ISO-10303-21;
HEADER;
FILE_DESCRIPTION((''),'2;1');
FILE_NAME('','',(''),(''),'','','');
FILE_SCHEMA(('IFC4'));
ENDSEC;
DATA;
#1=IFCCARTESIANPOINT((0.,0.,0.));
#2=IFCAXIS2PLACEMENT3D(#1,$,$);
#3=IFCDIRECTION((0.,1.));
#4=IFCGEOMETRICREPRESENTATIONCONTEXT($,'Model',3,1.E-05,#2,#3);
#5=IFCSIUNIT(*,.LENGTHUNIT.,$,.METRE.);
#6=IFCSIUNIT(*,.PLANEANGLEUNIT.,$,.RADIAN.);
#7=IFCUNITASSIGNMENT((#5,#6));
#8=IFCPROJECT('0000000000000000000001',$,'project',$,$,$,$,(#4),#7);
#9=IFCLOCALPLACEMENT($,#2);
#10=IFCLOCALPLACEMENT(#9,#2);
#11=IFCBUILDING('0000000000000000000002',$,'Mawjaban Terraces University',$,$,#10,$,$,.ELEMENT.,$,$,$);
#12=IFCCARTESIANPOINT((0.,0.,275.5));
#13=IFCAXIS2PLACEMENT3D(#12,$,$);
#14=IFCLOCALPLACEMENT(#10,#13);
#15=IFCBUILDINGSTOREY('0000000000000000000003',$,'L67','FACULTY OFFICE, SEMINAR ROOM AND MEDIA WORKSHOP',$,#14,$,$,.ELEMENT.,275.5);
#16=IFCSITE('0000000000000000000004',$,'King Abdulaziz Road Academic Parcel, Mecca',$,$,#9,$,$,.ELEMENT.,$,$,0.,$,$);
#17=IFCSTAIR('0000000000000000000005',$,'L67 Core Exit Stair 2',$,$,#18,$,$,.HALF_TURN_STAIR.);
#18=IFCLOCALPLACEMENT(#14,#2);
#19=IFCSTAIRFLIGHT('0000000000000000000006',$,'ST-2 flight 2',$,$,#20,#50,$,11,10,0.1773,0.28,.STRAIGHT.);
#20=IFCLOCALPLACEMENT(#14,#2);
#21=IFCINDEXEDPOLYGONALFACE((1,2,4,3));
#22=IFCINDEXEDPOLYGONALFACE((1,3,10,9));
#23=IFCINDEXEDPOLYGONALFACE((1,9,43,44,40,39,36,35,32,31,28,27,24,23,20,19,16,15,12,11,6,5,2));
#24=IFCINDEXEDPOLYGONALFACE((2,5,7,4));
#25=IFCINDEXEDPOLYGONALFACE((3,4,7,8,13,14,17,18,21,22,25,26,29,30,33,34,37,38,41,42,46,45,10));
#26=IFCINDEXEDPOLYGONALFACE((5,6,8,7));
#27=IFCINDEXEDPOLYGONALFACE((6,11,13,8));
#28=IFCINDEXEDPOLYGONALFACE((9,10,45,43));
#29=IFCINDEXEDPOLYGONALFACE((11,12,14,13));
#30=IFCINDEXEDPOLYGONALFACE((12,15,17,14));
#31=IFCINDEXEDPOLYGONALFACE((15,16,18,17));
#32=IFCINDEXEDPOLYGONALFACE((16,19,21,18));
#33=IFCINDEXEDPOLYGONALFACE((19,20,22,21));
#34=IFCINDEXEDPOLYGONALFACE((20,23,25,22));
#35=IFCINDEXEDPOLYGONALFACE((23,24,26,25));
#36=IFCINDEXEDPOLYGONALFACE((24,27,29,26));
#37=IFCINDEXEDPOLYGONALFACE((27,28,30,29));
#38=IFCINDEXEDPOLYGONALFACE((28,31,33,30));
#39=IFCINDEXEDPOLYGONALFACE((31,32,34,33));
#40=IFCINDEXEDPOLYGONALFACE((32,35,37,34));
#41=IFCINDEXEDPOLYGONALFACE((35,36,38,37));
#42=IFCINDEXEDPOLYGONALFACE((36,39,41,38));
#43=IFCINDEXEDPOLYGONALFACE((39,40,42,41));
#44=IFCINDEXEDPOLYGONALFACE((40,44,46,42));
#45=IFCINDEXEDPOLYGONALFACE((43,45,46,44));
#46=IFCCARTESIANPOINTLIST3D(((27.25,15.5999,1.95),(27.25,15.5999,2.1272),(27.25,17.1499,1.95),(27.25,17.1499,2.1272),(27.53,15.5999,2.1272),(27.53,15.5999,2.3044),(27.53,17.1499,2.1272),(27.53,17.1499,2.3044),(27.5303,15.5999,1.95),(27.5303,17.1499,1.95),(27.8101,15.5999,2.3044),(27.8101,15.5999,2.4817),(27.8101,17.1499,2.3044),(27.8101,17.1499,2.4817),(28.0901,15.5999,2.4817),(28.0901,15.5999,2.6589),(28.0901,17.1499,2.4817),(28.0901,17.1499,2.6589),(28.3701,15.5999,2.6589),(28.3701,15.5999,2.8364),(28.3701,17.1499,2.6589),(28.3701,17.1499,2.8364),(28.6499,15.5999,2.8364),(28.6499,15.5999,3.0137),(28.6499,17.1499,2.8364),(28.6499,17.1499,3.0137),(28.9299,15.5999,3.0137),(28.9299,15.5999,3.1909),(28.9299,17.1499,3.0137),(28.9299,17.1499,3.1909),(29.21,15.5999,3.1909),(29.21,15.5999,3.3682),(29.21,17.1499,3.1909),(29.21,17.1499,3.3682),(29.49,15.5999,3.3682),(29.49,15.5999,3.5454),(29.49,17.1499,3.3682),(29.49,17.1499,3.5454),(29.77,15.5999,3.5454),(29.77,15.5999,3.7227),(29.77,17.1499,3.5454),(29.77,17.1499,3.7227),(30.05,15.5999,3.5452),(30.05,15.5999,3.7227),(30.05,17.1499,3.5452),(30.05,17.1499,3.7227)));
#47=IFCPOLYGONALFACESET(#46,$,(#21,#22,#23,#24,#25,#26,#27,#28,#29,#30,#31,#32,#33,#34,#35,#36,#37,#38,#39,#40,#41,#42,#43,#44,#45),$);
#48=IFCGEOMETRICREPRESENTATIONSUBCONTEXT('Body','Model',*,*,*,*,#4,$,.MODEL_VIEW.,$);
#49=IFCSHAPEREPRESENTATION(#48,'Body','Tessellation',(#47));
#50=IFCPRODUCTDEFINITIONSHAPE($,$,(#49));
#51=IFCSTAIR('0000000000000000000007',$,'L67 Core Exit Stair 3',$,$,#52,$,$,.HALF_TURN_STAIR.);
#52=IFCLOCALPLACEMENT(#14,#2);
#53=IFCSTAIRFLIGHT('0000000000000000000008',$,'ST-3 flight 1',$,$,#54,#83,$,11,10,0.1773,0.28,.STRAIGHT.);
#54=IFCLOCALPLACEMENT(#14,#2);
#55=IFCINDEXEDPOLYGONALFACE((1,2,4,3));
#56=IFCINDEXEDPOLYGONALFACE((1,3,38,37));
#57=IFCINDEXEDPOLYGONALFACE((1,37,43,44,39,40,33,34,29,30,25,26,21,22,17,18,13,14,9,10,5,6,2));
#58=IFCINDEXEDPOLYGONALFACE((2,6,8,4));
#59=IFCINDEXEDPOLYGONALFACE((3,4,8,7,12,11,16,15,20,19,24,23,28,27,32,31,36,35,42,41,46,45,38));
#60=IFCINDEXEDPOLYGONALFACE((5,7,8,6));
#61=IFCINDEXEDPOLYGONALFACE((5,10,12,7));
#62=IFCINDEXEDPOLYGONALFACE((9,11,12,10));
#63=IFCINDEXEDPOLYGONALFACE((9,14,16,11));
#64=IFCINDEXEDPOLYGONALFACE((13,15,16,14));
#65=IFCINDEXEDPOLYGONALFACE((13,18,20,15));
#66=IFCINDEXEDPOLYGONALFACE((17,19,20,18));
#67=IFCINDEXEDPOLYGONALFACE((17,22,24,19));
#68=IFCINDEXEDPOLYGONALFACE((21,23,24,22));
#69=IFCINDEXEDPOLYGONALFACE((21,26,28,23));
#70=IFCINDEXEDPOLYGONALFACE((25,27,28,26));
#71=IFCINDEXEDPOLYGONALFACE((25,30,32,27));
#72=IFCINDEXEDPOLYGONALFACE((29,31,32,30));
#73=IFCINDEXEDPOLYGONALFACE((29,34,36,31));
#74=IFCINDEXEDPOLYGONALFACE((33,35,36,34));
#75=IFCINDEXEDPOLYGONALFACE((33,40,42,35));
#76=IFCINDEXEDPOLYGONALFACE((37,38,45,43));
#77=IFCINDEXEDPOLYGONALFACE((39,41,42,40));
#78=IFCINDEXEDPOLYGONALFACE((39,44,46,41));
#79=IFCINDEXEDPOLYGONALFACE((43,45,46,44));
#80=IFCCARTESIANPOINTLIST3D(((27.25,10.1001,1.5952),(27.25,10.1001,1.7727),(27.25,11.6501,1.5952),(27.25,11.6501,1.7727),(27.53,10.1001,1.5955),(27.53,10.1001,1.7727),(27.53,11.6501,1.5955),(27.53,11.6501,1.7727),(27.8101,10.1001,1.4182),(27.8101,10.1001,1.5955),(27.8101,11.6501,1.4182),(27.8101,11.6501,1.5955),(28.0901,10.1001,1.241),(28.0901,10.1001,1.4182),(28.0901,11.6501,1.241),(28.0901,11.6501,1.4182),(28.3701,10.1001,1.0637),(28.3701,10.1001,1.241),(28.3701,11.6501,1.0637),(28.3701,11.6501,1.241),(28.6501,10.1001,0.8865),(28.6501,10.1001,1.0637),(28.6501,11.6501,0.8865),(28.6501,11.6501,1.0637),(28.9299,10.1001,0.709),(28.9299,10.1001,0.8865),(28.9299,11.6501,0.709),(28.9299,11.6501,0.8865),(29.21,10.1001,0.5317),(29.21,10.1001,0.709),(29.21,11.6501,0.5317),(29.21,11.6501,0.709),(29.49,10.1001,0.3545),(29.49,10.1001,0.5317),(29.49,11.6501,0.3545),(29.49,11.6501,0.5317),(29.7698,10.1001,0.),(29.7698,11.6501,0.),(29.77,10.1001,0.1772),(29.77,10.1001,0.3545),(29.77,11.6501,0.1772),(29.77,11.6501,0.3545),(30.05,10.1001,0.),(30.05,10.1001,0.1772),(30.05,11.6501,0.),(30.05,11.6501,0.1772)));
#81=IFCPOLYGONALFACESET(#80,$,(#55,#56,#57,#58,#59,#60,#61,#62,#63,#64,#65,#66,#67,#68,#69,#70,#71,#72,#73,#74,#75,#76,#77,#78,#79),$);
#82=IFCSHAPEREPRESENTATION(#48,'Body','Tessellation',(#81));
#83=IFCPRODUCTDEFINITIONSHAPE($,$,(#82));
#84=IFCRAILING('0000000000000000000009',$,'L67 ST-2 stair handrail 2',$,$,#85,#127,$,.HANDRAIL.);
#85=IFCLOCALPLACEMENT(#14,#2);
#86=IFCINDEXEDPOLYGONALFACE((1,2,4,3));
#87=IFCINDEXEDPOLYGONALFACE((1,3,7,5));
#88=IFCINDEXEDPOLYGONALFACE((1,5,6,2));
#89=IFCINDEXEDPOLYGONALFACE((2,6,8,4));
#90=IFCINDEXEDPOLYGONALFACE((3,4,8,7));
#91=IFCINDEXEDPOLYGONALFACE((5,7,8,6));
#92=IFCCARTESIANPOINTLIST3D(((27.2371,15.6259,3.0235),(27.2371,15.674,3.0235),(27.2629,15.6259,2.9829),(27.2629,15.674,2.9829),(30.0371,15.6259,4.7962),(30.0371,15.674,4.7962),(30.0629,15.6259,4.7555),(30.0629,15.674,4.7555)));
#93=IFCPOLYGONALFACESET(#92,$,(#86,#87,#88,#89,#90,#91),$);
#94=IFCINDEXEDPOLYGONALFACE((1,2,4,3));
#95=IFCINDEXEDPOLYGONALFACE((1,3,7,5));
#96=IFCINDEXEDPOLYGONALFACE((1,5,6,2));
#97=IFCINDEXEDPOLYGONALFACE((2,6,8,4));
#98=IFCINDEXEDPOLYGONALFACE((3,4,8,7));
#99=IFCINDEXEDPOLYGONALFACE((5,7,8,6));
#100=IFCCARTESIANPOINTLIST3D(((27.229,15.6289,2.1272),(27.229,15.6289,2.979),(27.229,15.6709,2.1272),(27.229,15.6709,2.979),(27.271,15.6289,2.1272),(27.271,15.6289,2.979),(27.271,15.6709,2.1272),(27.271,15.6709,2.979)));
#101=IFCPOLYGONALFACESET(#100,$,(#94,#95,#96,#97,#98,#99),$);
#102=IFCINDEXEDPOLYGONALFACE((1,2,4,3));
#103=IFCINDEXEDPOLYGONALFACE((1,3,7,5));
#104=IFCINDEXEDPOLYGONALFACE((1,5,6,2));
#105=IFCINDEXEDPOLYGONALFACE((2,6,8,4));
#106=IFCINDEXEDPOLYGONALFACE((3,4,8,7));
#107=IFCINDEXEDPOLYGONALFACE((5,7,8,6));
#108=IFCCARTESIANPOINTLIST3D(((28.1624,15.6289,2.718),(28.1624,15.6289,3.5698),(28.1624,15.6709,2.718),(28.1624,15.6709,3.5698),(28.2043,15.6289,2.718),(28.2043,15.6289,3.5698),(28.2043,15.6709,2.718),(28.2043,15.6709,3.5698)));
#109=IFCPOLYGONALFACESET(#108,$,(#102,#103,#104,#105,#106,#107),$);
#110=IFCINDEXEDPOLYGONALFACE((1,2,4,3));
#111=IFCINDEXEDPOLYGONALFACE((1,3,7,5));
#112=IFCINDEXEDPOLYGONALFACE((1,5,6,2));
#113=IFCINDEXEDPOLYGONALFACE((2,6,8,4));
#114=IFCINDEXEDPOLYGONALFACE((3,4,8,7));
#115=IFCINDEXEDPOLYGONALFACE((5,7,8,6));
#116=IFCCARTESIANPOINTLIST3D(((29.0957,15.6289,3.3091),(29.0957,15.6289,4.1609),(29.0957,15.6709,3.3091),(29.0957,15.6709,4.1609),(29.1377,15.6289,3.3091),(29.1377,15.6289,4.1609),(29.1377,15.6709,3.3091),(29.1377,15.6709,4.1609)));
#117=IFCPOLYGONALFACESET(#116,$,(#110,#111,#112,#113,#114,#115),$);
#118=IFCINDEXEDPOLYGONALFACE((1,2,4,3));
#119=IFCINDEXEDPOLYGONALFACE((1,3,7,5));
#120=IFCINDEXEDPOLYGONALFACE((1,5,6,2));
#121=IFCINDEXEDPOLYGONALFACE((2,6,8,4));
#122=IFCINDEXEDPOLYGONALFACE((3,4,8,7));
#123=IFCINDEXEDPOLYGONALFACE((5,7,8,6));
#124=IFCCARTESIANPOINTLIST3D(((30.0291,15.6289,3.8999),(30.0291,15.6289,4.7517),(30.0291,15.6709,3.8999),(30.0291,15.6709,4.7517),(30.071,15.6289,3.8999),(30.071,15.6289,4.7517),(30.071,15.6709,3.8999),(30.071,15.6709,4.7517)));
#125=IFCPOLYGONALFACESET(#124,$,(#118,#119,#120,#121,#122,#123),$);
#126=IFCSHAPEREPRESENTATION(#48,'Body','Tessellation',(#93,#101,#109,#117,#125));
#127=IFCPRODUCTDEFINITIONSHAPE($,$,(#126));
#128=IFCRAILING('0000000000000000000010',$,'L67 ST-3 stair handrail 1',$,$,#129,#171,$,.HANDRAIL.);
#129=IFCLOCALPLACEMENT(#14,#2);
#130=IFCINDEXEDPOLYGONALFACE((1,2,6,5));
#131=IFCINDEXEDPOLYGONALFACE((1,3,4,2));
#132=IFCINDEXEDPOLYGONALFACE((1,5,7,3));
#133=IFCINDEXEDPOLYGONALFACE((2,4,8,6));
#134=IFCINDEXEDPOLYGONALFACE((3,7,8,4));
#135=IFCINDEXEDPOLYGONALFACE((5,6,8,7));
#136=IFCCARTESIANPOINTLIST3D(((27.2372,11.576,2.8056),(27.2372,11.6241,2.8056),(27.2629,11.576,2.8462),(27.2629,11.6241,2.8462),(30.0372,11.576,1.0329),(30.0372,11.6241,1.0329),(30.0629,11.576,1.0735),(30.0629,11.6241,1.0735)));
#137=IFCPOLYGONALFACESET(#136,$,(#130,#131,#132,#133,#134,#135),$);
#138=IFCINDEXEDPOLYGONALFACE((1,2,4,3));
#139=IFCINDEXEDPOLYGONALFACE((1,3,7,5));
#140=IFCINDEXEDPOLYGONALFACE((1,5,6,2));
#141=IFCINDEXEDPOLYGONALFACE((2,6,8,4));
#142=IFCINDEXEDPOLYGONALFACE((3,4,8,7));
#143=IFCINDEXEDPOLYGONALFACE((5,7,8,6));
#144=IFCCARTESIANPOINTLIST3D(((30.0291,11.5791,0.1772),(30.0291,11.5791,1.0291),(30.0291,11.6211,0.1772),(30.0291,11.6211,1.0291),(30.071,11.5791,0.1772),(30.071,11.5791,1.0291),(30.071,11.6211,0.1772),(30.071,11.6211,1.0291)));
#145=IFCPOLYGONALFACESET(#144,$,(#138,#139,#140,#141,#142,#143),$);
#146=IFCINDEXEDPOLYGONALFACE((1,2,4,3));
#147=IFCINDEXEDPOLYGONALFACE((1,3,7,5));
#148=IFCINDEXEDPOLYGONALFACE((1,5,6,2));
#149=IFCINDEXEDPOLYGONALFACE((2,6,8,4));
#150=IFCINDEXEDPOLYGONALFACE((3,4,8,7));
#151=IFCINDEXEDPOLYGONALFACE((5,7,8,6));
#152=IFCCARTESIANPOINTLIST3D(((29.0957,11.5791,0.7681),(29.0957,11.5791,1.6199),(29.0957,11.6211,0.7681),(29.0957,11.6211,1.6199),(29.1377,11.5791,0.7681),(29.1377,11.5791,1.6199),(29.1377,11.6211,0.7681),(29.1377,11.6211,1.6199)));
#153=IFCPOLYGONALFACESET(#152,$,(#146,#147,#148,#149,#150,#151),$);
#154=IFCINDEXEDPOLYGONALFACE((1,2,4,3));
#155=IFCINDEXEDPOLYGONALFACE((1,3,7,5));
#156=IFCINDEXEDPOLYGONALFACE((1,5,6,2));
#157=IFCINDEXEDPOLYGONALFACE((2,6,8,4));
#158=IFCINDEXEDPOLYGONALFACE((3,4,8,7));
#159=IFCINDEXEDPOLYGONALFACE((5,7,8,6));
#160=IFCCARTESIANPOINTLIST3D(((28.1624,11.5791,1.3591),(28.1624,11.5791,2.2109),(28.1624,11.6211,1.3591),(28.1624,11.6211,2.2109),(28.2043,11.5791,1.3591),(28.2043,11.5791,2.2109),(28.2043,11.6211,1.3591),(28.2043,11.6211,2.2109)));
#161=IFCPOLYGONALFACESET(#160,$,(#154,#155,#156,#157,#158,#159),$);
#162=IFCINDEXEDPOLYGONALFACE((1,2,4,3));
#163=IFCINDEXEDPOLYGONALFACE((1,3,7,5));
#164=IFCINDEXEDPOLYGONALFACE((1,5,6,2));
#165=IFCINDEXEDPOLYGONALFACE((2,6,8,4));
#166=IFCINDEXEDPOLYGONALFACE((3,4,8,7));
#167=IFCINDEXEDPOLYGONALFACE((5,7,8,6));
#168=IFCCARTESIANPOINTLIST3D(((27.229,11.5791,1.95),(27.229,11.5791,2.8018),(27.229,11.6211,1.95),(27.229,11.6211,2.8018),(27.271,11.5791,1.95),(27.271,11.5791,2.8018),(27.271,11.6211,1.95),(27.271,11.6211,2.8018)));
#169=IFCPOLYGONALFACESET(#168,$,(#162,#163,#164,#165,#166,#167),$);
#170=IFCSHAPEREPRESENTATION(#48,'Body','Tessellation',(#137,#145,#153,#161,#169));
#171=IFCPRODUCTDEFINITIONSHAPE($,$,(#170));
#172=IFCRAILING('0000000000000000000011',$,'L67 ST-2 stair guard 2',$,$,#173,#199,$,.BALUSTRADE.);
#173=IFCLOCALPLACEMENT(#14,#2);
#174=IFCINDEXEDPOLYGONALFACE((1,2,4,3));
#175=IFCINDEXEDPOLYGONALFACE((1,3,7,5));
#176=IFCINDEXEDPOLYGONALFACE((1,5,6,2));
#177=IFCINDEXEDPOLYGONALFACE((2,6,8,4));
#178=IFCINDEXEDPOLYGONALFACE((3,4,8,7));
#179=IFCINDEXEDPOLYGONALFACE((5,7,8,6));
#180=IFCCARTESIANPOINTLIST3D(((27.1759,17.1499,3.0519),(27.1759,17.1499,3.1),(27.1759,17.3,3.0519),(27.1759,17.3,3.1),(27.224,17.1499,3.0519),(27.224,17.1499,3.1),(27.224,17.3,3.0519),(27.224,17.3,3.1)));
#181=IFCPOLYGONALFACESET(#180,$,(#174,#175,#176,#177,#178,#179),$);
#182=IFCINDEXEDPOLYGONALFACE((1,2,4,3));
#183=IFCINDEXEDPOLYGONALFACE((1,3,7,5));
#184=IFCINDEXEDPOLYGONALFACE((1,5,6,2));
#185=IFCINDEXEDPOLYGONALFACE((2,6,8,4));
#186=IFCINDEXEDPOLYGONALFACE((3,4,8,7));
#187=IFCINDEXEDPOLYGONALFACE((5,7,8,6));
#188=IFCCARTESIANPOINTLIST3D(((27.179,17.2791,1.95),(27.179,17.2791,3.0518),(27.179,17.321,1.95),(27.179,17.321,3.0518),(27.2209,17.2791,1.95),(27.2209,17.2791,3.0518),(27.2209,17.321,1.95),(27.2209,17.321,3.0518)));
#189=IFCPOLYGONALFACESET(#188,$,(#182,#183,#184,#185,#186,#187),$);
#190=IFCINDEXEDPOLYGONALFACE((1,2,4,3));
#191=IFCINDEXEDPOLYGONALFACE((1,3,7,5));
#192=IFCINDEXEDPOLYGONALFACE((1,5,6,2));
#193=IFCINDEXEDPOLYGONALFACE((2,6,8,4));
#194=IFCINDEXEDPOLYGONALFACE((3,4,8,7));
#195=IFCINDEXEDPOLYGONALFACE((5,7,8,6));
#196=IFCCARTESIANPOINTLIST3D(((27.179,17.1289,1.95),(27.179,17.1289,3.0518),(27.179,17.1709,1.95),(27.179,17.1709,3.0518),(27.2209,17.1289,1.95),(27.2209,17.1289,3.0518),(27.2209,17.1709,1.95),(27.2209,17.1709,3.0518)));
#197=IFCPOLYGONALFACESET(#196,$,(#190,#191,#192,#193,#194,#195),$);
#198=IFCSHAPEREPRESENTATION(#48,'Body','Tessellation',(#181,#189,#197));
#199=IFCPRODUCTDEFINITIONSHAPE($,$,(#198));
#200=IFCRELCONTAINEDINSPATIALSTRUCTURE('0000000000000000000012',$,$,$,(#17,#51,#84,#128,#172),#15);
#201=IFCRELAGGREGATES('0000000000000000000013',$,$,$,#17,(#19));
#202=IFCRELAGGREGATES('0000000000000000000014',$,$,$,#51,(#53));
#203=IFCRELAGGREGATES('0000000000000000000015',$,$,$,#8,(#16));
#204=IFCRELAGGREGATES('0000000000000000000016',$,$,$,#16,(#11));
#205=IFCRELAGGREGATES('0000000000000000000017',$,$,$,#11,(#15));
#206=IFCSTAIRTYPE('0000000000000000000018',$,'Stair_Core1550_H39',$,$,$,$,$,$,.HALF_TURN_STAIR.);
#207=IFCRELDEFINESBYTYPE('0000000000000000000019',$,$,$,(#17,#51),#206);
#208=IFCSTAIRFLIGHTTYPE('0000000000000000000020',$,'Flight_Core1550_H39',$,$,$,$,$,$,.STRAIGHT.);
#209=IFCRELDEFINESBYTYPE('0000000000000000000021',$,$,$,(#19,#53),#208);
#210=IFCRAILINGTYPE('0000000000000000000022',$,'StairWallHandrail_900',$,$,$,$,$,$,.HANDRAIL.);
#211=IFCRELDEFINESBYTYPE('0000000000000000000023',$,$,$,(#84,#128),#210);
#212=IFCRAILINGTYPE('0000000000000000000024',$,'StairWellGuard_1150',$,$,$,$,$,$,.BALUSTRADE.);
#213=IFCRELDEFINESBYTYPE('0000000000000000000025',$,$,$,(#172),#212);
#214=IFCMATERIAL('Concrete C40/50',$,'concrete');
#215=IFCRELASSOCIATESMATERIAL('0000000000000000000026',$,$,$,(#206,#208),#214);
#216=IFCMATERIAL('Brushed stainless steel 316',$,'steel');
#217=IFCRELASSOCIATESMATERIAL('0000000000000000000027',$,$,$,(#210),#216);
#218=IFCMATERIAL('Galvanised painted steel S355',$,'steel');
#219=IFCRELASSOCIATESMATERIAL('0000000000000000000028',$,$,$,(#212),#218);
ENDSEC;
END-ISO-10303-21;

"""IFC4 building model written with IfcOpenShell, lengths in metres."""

from ifc_helpers import new_model, si_unit, direction, frame, origin, origin_2d, place, context, subcontext, project, spatial, polyline, rectangle, outline, extrude, material, type_object, element, aggregate, save


model = new_model("IFC4")

# Units and contexts
model_context = context("Model", 3, precision=1e-05, world=origin(), true_north=direction((0.0, 1.0)))
body_context = subcontext(model_context, "Body", "Model", "MODEL_VIEW")
ifc_project = project(units=[si_unit("LENGTHUNIT", "METRE"), si_unit("PLANEANGLEUNIT", "RADIAN")], contexts=[model_context])

# Site, building, storey
site_placement = place(None, origin())
site = spatial("IfcSite", under=ifc_project, at=site_placement, Name="King Abdulaziz Road Academic Parcel, Mecca", CompositionType="ELEMENT", RefElevation=0.0)
building_placement = place(site_placement, origin())
building = spatial("IfcBuilding", under=site, at=building_placement, Name="Mawjaban Terraces University", CompositionType="ELEMENT")
storey_placement = place(building_placement, frame((0.0, 0.0, 275.5)))
storey = spatial("IfcBuildingStorey", under=building, at=storey_placement, Name="L67", Description="FACULTY OFFICE, SEMINAR ROOM AND MEDIA WORKSHOP", CompositionType="ELEMENT", Elevation=275.5)

# Shared definitions
ifc_material_1 = material(Name="Concrete C40/50", Category="concrete")

# Stairs, stair flights
stair_type = type_object("IfcStairType", Name="Stair_Core1550_H39", PredefinedType="HALF_TURN_STAIR", material=ifc_material_1)
stair_1_placement = place(storey_placement, origin())
stair_1 = element("IfcStair", 1, at=stair_1_placement, inside=storey, type_object=stair_type, Name="L67 Core Exit Stair 2", PredefinedType="HALF_TURN_STAIR")
stair_flight_type = type_object("IfcStairFlightType", Name="Flight_Core1550_H39", PredefinedType="STRAIGHT", material=ifc_material_1)
stair_flight_1_placement = place(storey_placement, frame((27.25, 16.375, 1.95), z_axis=(0.0, 0.0, 1.0), x_axis=(1.0, 0.0, 0.0)))
stair_flight_1 = element("IfcStairFlight", 2, at=stair_flight_1_placement, type_object=stair_flight_type, Name="ST-2 flight 2", NumberOfRisers=11, NumberOfTreads=10, PredefinedType="STRAIGHT", RiserHeight=0.1773, TreadLength=0.28, context=body_context, shape_type="SweptSolid", body=[
    extrude(outline(polyline([(0.0, 0.0), (0.0, 0.1772), (0.28, 0.1772), (0.28, 0.3545), (0.5601, 0.3545), (0.5601, 0.5317), (0.8401, 0.5317), (0.8401, 0.709), (1.1201, 0.709), (1.1201, 0.8865), (1.3999, 0.8865), (1.3999, 1.0637), (1.6799, 1.0637), (1.6799, 1.241), (1.96, 1.241), (1.96, 1.4182), (2.24, 1.4182), (2.24, 1.5955), (2.52, 1.5955), (2.52, 1.7727), (2.8, 1.7727), (2.8, 1.95), (2.8, 1.5952), (0.2803, 0.0), (0.0, 0.0)])), frame((0.0, 0.7749, 0.0), z_axis=(0.0, -1.0, 0.0), x_axis=(1.0, 0.0, 0.0)), (0.0, 0.0, 1.0), 1.55),
])
aggregate(stair_1, [stair_flight_1])
stair_2_placement = place(storey_placement, origin())
stair_2 = element("IfcStair", 3, at=stair_2_placement, inside=storey, type_object=stair_type, Name="L67 Core Exit Stair 3", PredefinedType="HALF_TURN_STAIR")
stair_flight_2_placement = place(storey_placement, frame((30.05, 10.875, 0.0), z_axis=(0.0, 0.0, 1.0), x_axis=(-1.0, 0.0, 0.0)))
stair_flight_2 = element("IfcStairFlight", 4, at=stair_flight_2_placement, type_object=stair_flight_type, Name="ST-3 flight 1", NumberOfRisers=11, NumberOfTreads=10, PredefinedType="STRAIGHT", RiserHeight=0.1773, TreadLength=0.28, context=body_context, shape_type="SweptSolid", body=[
    extrude(outline(polyline([(0.0, 0.0), (0.0, 0.1772), (0.28, 0.1772), (0.28, 0.3545), (0.5601, 0.3545), (0.5601, 0.5317), (0.8401, 0.5317), (0.8401, 0.709), (1.1201, 0.709), (1.1201, 0.8865), (1.3999, 0.8865), (1.3999, 1.0637), (1.6799, 1.0637), (1.6799, 1.241), (1.96, 1.241), (1.96, 1.4182), (2.24, 1.4182), (2.24, 1.5955), (2.52, 1.5955), (2.52, 1.7727), (2.8, 1.7727), (2.8, 1.95), (2.8, 1.5952), (0.2803, 0.0), (0.0, 0.0)])), frame((0.0, 0.7749, 0.0), z_axis=(0.0, -1.0, 0.0), x_axis=(1.0, 0.0, 0.0)), (0.0, 0.0, 1.0), 1.55),
])
aggregate(stair_2, [stair_flight_2])

# Railings
ifc_material_2 = material(Name="Brushed stainless steel 316", Category="steel")
railing_type_1 = type_object("IfcRailingType", Name="StairWallHandrail_900", PredefinedType="HANDRAIL", material=ifc_material_2)
railing_1_placement = place(storey_placement, frame((27.25, 15.6499, 2.1272)))
element("IfcRailing", 5, at=railing_1_placement, inside=storey, type_object=railing_type_1, Name="L67 ST-2 stair handrail 2", PredefinedType="HANDRAIL", context=body_context, shape_type="SweptSolid", body=[
    extrude(rectangle(XDim=0.0481, YDim=0.0481, at=origin_2d()), frame((0.0, 0.0, 0.876), z_axis=(0.844909, 0.0, 0.53491), x_axis=(0.0, 1.0, 0.0)), (0.0, 0.0, 1.0), 3.314),
    extrude(rectangle(XDim=0.042, YDim=0.042, at=origin_2d()), origin(), (0.0, 0.0, 1.0), 0.8518),
    extrude(rectangle(XDim=0.042, YDim=0.042, at=origin_2d()), frame((0.9333, 0.0, 0.5908)), (0.0, 0.0, 1.0), 0.8518),
    extrude(rectangle(XDim=0.042, YDim=0.042, at=origin_2d()), frame((1.8667, 0.0, 1.1819)), (0.0, 0.0, 1.0), 0.8518),
    extrude(rectangle(XDim=0.042, YDim=0.042, at=origin_2d()), frame((2.8, 0.0, 1.7727)), (0.0, 0.0, 1.0), 0.8518),
])
railing_2_placement = place(storey_placement, frame((30.05, 11.6001, 0.1772)))
element("IfcRailing", 6, at=railing_2_placement, inside=storey, type_object=railing_type_1, Name="L67 ST-3 stair handrail 1", PredefinedType="HANDRAIL", context=body_context, shape_type="SweptSolid", body=[
    extrude(rectangle(XDim=0.0481, YDim=0.0481, at=origin_2d()), frame((0.0, 0.0, 0.876), z_axis=(-0.844909, 0.0, 0.53491), x_axis=(0.0, -1.0, 0.0)), (0.0, 0.0, 1.0), 3.314),
    extrude(rectangle(XDim=0.042, YDim=0.042, at=origin_2d()), origin(), (0.0, 0.0, 1.0), 0.8518),
    extrude(rectangle(XDim=0.042, YDim=0.042, at=origin_2d()), frame((-0.9333, 0.0, 0.5908)), (0.0, 0.0, 1.0), 0.8518),
    extrude(rectangle(XDim=0.042, YDim=0.042, at=origin_2d()), frame((-1.8667, 0.0, 1.1819)), (0.0, 0.0, 1.0), 0.8518),
    extrude(rectangle(XDim=0.042, YDim=0.042, at=origin_2d()), frame((-2.8, 0.0, 1.7727)), (0.0, 0.0, 1.0), 0.8518),
])
ifc_material_3 = material(Name="Galvanised painted steel S355", Category="steel")
railing_type_2 = type_object("IfcRailingType", Name="StairWellGuard_1150", PredefinedType="BALUSTRADE", material=ifc_material_3)
railing_3_placement = place(storey_placement, frame((27.2, 17.3, 1.95)))
element("IfcRailing", 7, at=railing_3_placement, inside=storey, type_object=railing_type_2, Name="L67 ST-2 stair guard 2", PredefinedType="BALUSTRADE", context=body_context, shape_type="SweptSolid", body=[
    extrude(rectangle(XDim=0.0481, YDim=0.0481, at=origin_2d()), frame((0.0, 0.0, 1.126), z_axis=(0.0, -1.0, 0.0), x_axis=(1.0, 0.0, 0.0)), (0.0, 0.0, 1.0), 0.1501),
    extrude(rectangle(XDim=0.042, YDim=0.042, at=origin_2d()), origin(), (0.0, 0.0, 1.0), 1.1018),
    extrude(rectangle(XDim=0.042, YDim=0.042, at=origin_2d()), frame((0.0, -0.1501, 0.0)), (0.0, 0.0, 1.0), 1.1018),
])

save(model, "model.ifc")
